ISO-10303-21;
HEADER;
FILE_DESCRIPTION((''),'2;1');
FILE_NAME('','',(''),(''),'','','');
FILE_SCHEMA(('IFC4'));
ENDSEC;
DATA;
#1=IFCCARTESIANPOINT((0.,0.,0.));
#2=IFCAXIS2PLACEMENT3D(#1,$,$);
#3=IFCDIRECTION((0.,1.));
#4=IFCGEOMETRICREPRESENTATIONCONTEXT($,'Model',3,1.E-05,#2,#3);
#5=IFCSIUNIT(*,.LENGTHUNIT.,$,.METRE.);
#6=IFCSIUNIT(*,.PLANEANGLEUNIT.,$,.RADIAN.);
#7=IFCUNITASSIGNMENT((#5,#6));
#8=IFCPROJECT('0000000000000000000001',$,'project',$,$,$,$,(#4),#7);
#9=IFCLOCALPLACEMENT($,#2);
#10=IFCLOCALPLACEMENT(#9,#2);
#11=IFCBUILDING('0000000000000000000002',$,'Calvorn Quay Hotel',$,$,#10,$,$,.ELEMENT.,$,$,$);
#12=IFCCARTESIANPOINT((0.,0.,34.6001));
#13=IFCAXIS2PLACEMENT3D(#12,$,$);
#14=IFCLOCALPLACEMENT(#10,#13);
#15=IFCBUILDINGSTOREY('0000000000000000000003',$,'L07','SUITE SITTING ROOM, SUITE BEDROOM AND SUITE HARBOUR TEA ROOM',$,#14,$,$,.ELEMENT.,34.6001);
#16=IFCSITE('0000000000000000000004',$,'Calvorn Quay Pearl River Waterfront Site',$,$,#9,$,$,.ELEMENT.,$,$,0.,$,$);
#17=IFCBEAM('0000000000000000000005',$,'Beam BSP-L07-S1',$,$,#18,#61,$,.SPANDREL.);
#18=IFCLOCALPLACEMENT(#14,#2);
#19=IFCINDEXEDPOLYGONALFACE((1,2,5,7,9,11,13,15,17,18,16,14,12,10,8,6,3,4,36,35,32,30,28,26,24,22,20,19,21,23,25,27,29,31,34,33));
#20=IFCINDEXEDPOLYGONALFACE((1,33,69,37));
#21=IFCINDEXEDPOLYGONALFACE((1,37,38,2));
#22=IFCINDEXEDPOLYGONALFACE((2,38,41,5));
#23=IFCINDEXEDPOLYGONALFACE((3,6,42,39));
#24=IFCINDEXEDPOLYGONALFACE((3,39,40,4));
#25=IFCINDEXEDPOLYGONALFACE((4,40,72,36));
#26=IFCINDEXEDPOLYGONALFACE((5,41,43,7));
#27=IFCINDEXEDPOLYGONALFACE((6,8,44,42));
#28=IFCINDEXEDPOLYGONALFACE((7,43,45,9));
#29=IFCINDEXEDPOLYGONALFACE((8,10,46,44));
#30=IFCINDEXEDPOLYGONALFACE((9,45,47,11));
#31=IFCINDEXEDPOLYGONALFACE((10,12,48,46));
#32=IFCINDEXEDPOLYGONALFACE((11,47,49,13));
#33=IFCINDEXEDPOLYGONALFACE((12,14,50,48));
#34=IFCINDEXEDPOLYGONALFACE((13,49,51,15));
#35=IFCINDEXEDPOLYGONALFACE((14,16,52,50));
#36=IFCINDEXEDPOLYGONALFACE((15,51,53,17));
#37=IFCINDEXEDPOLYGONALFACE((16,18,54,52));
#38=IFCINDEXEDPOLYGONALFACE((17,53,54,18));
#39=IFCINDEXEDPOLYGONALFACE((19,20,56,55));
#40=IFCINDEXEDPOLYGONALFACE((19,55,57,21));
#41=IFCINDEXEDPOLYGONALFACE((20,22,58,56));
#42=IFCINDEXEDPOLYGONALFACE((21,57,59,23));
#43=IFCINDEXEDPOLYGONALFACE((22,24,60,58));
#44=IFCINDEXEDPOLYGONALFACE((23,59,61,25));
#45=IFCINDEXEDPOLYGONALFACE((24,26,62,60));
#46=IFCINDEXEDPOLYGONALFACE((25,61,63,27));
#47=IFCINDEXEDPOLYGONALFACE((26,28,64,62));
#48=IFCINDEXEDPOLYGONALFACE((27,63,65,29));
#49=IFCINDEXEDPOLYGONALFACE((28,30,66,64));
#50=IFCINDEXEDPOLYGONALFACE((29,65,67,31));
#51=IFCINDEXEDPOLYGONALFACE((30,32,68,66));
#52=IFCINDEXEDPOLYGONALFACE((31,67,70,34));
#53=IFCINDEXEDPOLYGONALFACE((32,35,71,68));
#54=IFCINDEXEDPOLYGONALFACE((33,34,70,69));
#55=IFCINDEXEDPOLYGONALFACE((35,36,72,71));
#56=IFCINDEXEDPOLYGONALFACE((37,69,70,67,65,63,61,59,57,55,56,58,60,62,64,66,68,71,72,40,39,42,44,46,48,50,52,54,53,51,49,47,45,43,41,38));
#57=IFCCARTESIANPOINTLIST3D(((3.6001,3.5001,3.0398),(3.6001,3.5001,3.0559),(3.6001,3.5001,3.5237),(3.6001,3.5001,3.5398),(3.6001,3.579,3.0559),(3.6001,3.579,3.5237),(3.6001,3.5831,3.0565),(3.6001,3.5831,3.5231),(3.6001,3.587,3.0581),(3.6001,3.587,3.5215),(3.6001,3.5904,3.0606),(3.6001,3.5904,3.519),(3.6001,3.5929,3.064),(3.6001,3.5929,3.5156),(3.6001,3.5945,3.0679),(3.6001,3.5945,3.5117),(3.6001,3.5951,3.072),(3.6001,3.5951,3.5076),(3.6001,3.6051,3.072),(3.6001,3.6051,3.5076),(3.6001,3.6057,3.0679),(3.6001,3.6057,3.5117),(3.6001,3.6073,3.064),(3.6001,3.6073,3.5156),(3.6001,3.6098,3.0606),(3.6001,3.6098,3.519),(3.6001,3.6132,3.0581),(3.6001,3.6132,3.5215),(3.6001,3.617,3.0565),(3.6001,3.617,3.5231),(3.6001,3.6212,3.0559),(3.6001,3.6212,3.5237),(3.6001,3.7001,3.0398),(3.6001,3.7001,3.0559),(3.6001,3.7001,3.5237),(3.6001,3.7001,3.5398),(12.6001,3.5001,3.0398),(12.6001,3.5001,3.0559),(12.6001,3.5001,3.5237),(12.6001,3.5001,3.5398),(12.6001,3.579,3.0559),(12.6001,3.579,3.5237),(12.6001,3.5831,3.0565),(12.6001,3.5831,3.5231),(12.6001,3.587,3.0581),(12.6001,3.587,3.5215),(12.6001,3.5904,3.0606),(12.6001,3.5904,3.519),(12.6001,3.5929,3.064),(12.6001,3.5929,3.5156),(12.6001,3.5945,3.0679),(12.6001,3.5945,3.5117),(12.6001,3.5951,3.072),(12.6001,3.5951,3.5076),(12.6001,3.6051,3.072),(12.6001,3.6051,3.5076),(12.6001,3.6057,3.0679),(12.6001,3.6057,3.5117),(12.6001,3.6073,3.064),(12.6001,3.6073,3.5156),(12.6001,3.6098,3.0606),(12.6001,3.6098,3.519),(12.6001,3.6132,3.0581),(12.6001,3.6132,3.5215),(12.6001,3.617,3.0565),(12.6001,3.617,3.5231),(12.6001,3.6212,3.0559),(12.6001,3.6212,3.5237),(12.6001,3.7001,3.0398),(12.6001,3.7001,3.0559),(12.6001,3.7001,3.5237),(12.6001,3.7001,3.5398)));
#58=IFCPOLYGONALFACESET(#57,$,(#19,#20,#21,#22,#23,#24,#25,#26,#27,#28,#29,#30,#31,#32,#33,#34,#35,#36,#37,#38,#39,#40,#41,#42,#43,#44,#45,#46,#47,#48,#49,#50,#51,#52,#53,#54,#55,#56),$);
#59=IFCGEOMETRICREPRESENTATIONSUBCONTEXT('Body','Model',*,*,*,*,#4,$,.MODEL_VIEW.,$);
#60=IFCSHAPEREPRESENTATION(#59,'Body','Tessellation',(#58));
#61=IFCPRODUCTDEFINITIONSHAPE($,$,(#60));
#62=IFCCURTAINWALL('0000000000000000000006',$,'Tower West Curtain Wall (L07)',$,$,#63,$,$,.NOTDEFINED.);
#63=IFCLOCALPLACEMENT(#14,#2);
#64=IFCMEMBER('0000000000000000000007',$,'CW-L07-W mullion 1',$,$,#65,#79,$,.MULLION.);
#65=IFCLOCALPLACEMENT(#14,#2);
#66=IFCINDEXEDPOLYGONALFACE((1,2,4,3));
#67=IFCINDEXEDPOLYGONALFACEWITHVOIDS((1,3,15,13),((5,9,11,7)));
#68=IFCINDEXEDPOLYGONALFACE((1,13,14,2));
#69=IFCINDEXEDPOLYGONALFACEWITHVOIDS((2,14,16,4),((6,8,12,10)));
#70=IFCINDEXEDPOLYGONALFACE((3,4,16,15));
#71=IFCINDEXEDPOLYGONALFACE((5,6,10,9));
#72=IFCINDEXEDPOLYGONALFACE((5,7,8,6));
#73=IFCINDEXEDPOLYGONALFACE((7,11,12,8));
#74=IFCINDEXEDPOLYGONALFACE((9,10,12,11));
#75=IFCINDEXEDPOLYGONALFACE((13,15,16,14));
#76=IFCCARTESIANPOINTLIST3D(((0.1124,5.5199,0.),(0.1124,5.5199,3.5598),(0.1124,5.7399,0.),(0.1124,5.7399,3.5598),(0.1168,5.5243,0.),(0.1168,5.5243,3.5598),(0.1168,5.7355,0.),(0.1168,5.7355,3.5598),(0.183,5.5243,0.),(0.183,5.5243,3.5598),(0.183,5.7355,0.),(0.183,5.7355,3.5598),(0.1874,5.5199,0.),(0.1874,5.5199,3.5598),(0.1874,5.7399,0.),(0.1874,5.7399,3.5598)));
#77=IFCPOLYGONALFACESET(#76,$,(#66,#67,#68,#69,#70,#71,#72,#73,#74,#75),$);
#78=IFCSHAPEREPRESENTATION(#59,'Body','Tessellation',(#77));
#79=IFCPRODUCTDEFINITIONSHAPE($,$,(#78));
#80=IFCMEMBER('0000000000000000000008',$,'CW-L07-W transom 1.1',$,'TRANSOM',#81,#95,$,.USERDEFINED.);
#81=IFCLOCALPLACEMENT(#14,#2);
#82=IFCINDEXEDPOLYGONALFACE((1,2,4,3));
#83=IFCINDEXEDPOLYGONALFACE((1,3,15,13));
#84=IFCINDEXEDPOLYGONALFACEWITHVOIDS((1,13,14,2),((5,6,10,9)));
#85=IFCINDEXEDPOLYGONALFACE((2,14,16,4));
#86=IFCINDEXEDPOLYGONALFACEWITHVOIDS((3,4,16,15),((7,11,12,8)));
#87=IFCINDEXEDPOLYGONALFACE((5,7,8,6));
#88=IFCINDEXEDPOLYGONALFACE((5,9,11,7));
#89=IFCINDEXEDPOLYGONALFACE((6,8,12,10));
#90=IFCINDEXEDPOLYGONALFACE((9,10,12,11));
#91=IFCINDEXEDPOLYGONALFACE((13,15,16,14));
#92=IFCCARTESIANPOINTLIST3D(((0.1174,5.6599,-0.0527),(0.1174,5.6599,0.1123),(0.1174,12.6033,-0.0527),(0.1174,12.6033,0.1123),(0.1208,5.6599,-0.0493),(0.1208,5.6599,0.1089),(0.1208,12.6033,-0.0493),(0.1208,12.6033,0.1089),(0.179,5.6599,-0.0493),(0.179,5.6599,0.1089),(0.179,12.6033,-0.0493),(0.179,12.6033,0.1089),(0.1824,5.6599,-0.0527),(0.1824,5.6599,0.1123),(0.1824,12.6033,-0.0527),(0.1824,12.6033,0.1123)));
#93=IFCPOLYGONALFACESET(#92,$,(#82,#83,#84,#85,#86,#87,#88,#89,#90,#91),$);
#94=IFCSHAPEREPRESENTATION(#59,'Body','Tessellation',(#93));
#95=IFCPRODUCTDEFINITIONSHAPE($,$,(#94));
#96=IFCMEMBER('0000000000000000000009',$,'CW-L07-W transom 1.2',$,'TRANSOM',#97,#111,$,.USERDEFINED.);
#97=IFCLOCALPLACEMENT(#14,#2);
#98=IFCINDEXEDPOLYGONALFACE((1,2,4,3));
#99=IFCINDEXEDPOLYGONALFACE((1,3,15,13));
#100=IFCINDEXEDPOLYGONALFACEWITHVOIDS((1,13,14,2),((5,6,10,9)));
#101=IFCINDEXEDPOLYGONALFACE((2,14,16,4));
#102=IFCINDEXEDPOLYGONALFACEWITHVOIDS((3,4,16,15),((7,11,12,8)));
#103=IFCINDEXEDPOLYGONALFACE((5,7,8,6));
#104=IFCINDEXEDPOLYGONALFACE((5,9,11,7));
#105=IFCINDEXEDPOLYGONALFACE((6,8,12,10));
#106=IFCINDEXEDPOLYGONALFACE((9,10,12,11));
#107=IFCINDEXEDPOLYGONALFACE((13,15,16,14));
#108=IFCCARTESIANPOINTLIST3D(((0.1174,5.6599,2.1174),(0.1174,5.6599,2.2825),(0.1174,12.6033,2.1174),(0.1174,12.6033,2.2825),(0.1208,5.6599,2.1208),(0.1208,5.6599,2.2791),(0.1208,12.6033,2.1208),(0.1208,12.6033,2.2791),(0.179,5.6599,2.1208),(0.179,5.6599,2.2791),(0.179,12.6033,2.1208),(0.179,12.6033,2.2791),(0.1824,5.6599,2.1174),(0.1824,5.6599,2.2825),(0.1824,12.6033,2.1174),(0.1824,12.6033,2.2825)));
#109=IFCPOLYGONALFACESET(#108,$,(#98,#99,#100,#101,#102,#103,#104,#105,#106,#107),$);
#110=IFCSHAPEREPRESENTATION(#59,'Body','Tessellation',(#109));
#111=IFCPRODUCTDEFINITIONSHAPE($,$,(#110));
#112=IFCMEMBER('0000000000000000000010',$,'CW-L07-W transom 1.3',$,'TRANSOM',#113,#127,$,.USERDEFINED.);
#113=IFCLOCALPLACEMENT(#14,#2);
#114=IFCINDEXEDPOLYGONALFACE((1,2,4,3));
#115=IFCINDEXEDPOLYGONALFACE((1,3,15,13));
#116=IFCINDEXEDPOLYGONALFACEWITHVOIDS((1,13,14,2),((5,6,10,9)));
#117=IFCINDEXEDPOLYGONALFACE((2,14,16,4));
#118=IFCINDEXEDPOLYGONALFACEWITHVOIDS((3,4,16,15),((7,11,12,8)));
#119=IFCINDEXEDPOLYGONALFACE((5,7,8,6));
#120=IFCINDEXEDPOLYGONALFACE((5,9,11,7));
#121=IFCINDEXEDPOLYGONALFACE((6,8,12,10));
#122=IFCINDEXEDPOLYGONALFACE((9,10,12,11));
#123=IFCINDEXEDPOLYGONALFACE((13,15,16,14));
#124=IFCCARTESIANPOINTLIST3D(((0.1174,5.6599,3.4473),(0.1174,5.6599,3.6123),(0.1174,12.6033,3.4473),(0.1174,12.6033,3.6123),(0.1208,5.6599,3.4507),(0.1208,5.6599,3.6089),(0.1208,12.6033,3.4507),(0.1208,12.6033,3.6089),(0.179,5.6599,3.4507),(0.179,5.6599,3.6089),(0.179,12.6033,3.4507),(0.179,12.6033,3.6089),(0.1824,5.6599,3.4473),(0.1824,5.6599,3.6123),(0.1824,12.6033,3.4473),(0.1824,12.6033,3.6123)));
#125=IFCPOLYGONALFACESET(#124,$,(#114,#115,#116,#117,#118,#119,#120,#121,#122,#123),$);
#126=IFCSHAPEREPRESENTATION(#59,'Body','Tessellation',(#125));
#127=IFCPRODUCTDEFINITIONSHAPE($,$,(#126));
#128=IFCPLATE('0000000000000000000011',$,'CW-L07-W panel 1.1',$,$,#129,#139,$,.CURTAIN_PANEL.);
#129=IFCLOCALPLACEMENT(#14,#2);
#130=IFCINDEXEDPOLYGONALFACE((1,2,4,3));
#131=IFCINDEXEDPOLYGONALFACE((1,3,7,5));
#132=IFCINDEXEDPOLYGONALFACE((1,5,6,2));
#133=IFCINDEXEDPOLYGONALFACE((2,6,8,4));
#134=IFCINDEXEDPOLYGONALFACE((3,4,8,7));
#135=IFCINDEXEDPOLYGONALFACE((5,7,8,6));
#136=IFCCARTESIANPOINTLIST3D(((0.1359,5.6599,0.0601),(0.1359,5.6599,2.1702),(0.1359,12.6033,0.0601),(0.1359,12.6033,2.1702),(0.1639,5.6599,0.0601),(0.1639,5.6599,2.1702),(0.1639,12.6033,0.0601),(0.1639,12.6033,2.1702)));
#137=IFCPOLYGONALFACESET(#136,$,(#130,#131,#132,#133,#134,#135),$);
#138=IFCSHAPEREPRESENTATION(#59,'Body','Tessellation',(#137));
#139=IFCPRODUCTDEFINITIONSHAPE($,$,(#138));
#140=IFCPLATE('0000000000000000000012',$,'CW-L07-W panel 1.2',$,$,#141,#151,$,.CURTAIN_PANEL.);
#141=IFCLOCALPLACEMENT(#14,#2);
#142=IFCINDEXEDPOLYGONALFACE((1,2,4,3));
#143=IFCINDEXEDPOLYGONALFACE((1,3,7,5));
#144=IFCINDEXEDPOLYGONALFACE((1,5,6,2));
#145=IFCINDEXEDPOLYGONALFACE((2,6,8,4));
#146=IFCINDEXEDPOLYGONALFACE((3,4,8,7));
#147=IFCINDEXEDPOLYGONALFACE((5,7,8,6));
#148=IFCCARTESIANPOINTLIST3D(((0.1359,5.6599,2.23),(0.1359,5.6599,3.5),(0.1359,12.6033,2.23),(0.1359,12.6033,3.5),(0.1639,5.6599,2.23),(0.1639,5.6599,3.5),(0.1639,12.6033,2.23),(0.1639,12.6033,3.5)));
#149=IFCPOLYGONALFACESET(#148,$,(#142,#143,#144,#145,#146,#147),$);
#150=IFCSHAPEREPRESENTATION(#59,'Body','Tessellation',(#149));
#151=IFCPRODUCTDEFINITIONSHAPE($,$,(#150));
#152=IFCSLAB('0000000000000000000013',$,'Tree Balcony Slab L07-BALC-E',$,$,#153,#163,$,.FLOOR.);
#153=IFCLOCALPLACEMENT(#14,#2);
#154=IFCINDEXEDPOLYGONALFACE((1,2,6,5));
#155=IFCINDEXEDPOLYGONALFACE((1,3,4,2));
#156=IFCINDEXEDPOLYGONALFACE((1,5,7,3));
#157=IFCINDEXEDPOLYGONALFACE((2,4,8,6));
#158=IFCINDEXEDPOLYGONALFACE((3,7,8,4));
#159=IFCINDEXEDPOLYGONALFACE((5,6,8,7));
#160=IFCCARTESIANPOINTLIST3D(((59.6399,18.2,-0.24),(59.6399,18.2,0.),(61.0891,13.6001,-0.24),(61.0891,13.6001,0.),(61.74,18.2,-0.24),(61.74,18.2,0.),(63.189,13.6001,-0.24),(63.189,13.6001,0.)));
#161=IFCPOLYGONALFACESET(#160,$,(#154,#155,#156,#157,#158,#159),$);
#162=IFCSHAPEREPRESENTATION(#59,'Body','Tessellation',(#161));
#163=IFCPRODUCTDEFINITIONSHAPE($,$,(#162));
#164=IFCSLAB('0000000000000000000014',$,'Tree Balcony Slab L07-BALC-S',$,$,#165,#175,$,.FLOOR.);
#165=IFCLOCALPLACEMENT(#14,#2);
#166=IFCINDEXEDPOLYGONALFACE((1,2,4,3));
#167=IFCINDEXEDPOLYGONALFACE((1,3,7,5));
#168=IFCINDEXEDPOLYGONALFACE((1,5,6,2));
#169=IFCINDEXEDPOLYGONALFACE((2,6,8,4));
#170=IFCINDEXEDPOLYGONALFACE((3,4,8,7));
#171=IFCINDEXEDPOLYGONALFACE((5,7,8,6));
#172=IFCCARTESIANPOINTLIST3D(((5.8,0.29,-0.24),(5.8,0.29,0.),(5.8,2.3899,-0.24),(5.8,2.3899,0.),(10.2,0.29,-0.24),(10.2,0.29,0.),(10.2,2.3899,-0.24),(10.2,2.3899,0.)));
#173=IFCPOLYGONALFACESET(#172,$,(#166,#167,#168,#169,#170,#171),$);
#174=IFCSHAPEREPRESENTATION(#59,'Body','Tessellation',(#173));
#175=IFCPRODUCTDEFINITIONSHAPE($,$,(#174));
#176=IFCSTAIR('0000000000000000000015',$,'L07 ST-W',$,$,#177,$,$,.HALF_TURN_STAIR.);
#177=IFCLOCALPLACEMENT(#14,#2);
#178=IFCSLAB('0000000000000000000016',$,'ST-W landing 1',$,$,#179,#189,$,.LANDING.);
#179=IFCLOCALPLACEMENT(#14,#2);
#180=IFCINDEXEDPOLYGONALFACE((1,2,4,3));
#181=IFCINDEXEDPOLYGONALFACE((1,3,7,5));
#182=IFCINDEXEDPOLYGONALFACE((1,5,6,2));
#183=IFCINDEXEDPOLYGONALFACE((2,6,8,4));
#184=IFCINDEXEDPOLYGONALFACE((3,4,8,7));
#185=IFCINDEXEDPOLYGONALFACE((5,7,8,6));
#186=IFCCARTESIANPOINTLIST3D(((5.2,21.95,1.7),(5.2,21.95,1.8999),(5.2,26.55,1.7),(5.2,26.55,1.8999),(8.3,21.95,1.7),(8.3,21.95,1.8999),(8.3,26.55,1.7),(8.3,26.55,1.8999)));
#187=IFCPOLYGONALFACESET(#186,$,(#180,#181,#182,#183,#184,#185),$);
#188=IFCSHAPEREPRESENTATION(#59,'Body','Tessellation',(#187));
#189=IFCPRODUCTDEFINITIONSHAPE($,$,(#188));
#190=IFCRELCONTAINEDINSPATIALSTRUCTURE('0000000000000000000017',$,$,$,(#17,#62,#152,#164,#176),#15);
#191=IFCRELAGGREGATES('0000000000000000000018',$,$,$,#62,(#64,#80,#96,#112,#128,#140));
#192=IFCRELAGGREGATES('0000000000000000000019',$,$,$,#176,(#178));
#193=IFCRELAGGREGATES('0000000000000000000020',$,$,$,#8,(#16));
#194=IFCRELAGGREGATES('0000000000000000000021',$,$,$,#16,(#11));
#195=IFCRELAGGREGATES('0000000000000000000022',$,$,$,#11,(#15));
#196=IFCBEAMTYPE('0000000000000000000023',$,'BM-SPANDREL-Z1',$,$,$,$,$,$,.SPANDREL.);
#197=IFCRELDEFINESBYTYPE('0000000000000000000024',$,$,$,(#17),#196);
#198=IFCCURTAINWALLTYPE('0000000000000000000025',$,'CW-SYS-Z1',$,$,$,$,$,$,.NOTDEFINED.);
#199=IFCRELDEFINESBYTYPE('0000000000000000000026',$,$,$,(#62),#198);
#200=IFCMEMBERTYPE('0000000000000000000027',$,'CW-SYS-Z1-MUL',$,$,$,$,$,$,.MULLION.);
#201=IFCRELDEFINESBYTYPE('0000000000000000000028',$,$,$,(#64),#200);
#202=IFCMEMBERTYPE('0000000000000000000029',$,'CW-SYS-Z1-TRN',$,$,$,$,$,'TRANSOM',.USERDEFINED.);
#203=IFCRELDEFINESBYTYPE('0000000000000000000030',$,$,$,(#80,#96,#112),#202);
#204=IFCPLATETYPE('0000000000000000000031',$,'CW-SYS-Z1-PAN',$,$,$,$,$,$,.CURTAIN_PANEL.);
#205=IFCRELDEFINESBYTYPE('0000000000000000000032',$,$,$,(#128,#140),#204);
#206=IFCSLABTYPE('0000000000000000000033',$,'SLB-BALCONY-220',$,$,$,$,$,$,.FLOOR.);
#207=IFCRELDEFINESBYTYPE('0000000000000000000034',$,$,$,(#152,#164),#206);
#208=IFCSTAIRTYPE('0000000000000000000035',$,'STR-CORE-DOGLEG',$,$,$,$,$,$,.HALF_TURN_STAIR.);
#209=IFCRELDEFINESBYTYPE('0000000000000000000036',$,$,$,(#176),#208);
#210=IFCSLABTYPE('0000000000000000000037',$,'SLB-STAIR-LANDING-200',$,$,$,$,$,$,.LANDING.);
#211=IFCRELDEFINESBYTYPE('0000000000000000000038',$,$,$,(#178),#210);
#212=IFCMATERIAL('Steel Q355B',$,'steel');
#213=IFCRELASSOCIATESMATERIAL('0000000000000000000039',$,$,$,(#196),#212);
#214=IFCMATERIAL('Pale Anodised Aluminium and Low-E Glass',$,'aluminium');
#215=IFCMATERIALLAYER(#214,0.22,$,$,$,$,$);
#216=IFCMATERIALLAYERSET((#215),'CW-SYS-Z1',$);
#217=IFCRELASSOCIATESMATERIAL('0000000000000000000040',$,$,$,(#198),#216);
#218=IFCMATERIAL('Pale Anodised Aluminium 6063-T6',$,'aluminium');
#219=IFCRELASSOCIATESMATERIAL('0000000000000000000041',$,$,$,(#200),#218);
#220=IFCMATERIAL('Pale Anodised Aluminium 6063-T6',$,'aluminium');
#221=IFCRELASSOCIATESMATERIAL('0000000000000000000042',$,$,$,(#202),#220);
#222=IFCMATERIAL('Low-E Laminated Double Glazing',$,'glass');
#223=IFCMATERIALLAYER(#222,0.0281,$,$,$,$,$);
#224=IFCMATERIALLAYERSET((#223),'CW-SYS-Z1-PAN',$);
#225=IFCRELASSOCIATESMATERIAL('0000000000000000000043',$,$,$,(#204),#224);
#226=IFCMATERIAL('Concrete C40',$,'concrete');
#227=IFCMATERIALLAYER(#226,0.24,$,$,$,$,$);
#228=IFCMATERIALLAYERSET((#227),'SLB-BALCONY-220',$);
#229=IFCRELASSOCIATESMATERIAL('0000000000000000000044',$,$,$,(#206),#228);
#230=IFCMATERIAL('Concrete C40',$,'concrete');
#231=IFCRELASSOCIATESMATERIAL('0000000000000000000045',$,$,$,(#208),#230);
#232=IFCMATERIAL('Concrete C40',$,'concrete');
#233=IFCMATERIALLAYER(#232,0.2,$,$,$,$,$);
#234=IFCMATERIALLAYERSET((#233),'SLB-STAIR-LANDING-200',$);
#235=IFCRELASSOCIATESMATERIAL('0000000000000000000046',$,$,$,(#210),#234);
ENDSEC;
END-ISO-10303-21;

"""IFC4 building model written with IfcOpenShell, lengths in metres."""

from ifc_helpers import new_model, si_unit, direction, frame, origin, origin_2d, place, context, subcontext, project, spatial, polyline, rectangle, hollow_rectangle, i_section, outline, extrude, material, layer, layer_set, material_profile, profile_set, type_object, element, aggregate, save


model = new_model("IFC4")

# Units and contexts
model_context = context("Model", 3, precision=1e-05, world=origin(), true_north=direction((0.0, 1.0)))
body_context = subcontext(model_context, "Body", "Model", "MODEL_VIEW")
ifc_project = project(units=[si_unit("LENGTHUNIT", "METRE"), si_unit("PLANEANGLEUNIT", "RADIAN")], contexts=[model_context])

# Site, building, storey
site_placement = place(None, origin())
site = spatial("IfcSite", under=ifc_project, at=site_placement, Name="Calvorn Quay Pearl River Waterfront Site", CompositionType="ELEMENT", RefElevation=0.0)
building_placement = place(site_placement, origin())
building = spatial("IfcBuilding", under=site, at=building_placement, Name="Calvorn Quay Hotel", CompositionType="ELEMENT")
storey_placement = place(building_placement, frame((0.0, 0.0, 34.6001)))
storey = spatial("IfcBuildingStorey", under=building, at=storey_placement, Name="L07", Description="SUITE SITTING ROOM, SUITE BEDROOM AND SUITE HARBOUR TEA ROOM", CompositionType="ELEMENT", Elevation=34.6001)

# Beam
ifc_material_1 = material(Name="Steel Q355B", Category="steel")
ifc_material_profile_1 = material_profile(ifc_material_1, i_section(OverallWidth=0.2, OverallDepth=0.5, WebThickness=0.01, FlangeThickness=0.0161, FilletRadius=0.0161, at=origin_2d()), Name="HN500x200x10x16")
ifc_profile_set_1 = profile_set([ifc_material_profile_1], Name="Steel Q355B")
beam_type_1 = type_object("IfcBeamType", Name="BM-SPANDREL-Z1", PredefinedType="SPANDREL", material=ifc_profile_set_1)
beam_1_placement = place(storey_placement, frame((3.6001, 3.6001, 3.2898), z_axis=(1.0, 0.0, 0.0), x_axis=(0.0, 1.0, 0.0)))
element("IfcBeam", 1, at=beam_1_placement, inside=storey, type_object=beam_type_1, Name="Beam BSP-L07-S1", PredefinedType="SPANDREL", context=body_context, shape_type="SweptSolid", body=[
    extrude(i_section(OverallWidth=0.2, OverallDepth=0.5, WebThickness=0.01, FlangeThickness=0.0161, FilletRadius=0.0161, at=origin_2d()), origin(), (0.0, 0.0, 1.0), 9.0),
])

# Curtain wall, members, plates
ifc_material_2 = material(Name="Pale Anodised Aluminium and Low-E Glass", Category="aluminium")
ifc_layer_1 = layer(ifc_material_2, 0.22)
ifc_layer_set_1 = layer_set([ifc_layer_1], Name="CW-SYS-Z1")
curtain_wall_type = type_object("IfcCurtainWallType", Name="CW-SYS-Z1", PredefinedType="NOTDEFINED", material=ifc_layer_set_1)
curtain_wall_placement = place(storey_placement, origin())
curtain_wall = element("IfcCurtainWall", 2, at=curtain_wall_placement, inside=storey, type_object=curtain_wall_type, Name="Tower West Curtain Wall (L07)", PredefinedType="NOTDEFINED")
ifc_material_3 = material(Name="Pale Anodised Aluminium 6063-T6", Category="aluminium")
ifc_material_profile_2 = material_profile(ifc_material_3, hollow_rectangle(XDim=0.075, YDim=0.22, WallThickness=0.0044, at=origin_2d()), Name="ALU-M220x75x4.5")
ifc_profile_set_2 = profile_set([ifc_material_profile_2], Name="Pale Anodised Aluminium 6063-T6")
member_type_1 = type_object("IfcMemberType", Name="CW-SYS-Z1-MUL", PredefinedType="MULLION", material=ifc_profile_set_2)
member_1_placement = place(storey_placement, frame((0.1499, 5.6299, 0.0), z_axis=(0.0, 0.0, 1.0), x_axis=(-1.0, 0.0, 0.0)))
member_1 = element("IfcMember", 3, at=member_1_placement, type_object=member_type_1, Name="CW-L07-W mullion 1", PredefinedType="MULLION", context=body_context, shape_type="SweptSolid", body=[
    extrude(hollow_rectangle(XDim=0.075, YDim=0.22, WallThickness=0.0044, at=origin_2d()), origin(), (0.0, 0.0, 1.0), 3.5598),
])
ifc_material_4 = material(Name="Pale Anodised Aluminium 6063-T6", Category="aluminium")
ifc_material_profile_3 = material_profile(ifc_material_4, hollow_rectangle(XDim=0.0649, YDim=0.165, WallThickness=0.0034, at=origin_2d()), Name="ALU-T165x65x3.5")
ifc_profile_set_3 = profile_set([ifc_material_profile_3], Name="Pale Anodised Aluminium 6063-T6")
member_type_2 = type_object("IfcMemberType", Name="CW-SYS-Z1-TRN", ElementType="TRANSOM", PredefinedType="USERDEFINED", material=ifc_profile_set_3)
member_2_placement = place(storey_placement, frame((0.1499, 5.6599, 0.0298), z_axis=(0.0, 1.0, 0.0), x_axis=(-1.0, 0.0, 0.0)))
member_2 = element("IfcMember", 4, at=member_2_placement, type_object=member_type_2, Name="CW-L07-W transom 1.1", ObjectType="TRANSOM", PredefinedType="USERDEFINED", context=body_context, shape_type="SweptSolid", body=[
    extrude(hollow_rectangle(XDim=0.0649, YDim=0.165, WallThickness=0.0034, at=origin_2d()), origin(), (0.0, 0.0, 1.0), 6.9434),
])
member_3_placement = place(storey_placement, frame((0.1499, 5.6599, 2.2), z_axis=(0.0, 1.0, 0.0), x_axis=(-1.0, 0.0, 0.0)))
member_3 = element("IfcMember", 5, at=member_3_placement, type_object=member_type_2, Name="CW-L07-W transom 1.2", ObjectType="TRANSOM", PredefinedType="USERDEFINED", context=body_context, shape_type="SweptSolid", body=[
    extrude(hollow_rectangle(XDim=0.0649, YDim=0.165, WallThickness=0.0034, at=origin_2d()), origin(), (0.0, 0.0, 1.0), 6.9434),
])
member_4_placement = place(storey_placement, frame((0.1499, 5.6599, 3.5298), z_axis=(0.0, 1.0, 0.0), x_axis=(-1.0, 0.0, 0.0)))
member_4 = element("IfcMember", 6, at=member_4_placement, type_object=member_type_2, Name="CW-L07-W transom 1.3", ObjectType="TRANSOM", PredefinedType="USERDEFINED", context=body_context, shape_type="SweptSolid", body=[
    extrude(hollow_rectangle(XDim=0.0649, YDim=0.165, WallThickness=0.0034, at=origin_2d()), origin(), (0.0, 0.0, 1.0), 6.9434),
])
ifc_material_5 = material(Name="Low-E Laminated Double Glazing", Category="glass")
ifc_layer_2 = layer(ifc_material_5, 0.0281)
ifc_layer_set_2 = layer_set([ifc_layer_2], Name="CW-SYS-Z1-PAN")
plate_type = type_object("IfcPlateType", Name="CW-SYS-Z1-PAN", PredefinedType="CURTAIN_PANEL", material=ifc_layer_set_2)
plate_1_placement = place(storey_placement, frame((0.1499, 9.1316, 0.0601), z_axis=(0.0, 0.0, 1.0), x_axis=(0.0, 1.0, 0.0)))
plate_1 = element("IfcPlate", 7, at=plate_1_placement, type_object=plate_type, Name="CW-L07-W panel 1.1", PredefinedType="CURTAIN_PANEL", context=body_context, shape_type="SweptSolid", body=[
    extrude(rectangle(XDim=6.9434, YDim=0.0281, at=origin_2d()), origin(), (0.0, 0.0, 1.0), 2.1101),
])
plate_2_placement = place(storey_placement, frame((0.1499, 9.1316, 2.23), z_axis=(0.0, 0.0, 1.0), x_axis=(0.0, 1.0, 0.0)))
plate_2 = element("IfcPlate", 8, at=plate_2_placement, type_object=plate_type, Name="CW-L07-W panel 1.2", PredefinedType="CURTAIN_PANEL", context=body_context, shape_type="SweptSolid", body=[
    extrude(rectangle(XDim=6.9434, YDim=0.0281, at=origin_2d()), origin(), (0.0, 0.0, 1.0), 1.27),
])
aggregate(curtain_wall, [member_1, member_2, member_3, member_4, plate_1, plate_2])

# Slabs
ifc_material_6 = material(Name="Concrete C40", Category="concrete")
ifc_layer_3 = layer(ifc_material_6, 0.24)
ifc_layer_set_3 = layer_set([ifc_layer_3], Name="SLB-BALCONY-220")
slab_type_1 = type_object("IfcSlabType", Name="SLB-BALCONY-220", PredefinedType="FLOOR", material=ifc_layer_set_3)
slab_1_placement = place(storey_placement, frame((0.0, 0.0, -0.24)))
element("IfcSlab", 9, at=slab_1_placement, inside=storey, type_object=slab_type_1, Name="Tree Balcony Slab L07-BALC-E", PredefinedType="FLOOR", context=body_context, shape_type="SweptSolid", body=[
    extrude(outline(polyline([(61.0891, 13.6001), (63.189, 13.6001), (61.74, 18.2), (59.6399, 18.2), (61.0891, 13.6001)])), origin(), (0.0, 0.0, 1.0), 0.24),
])
slab_2_placement = place(storey_placement, frame((0.0, 0.0, -0.24)))
element("IfcSlab", 10, at=slab_2_placement, inside=storey, type_object=slab_type_1, Name="Tree Balcony Slab L07-BALC-S", PredefinedType="FLOOR", context=body_context, shape_type="SweptSolid", body=[
    extrude(outline(polyline([(5.8, 0.29), (10.2, 0.29), (10.2, 2.3899), (5.8, 2.3899), (5.8, 0.29)])), origin(), (0.0, 0.0, 1.0), 0.24),
])

# Stair, slab
ifc_material_7 = material(Name="Concrete C40", Category="concrete")
stair_type = type_object("IfcStairType", Name="STR-CORE-DOGLEG", PredefinedType="HALF_TURN_STAIR", material=ifc_material_7)
stair_1_placement = place(storey_placement, origin())
stair_1 = element("IfcStair", 11, at=stair_1_placement, inside=storey, type_object=stair_type, Name="L07 ST-W", PredefinedType="HALF_TURN_STAIR")
ifc_material_8 = material(Name="Concrete C40", Category="concrete")
ifc_layer_4 = layer(ifc_material_8, 0.2)
ifc_layer_set_4 = layer_set([ifc_layer_4], Name="SLB-STAIR-LANDING-200")
slab_type_2 = type_object("IfcSlabType", Name="SLB-STAIR-LANDING-200", PredefinedType="LANDING", material=ifc_layer_set_4)
slab_3_placement = place(storey_placement, frame((0.0, 0.0, 1.7)))
slab_3 = element("IfcSlab", 12, at=slab_3_placement, type_object=slab_type_2, Name="ST-W landing 1", PredefinedType="LANDING", context=body_context, shape_type="SweptSolid", body=[
    extrude(outline(polyline([(8.3, 21.95), (8.3, 26.55), (5.2, 26.55), (5.2, 21.95), (8.3, 21.95)])), origin(), (0.0, 0.0, 1.0), 0.2),
])
aggregate(stair_1, [slab_3])

save(model, "model.ifc")
